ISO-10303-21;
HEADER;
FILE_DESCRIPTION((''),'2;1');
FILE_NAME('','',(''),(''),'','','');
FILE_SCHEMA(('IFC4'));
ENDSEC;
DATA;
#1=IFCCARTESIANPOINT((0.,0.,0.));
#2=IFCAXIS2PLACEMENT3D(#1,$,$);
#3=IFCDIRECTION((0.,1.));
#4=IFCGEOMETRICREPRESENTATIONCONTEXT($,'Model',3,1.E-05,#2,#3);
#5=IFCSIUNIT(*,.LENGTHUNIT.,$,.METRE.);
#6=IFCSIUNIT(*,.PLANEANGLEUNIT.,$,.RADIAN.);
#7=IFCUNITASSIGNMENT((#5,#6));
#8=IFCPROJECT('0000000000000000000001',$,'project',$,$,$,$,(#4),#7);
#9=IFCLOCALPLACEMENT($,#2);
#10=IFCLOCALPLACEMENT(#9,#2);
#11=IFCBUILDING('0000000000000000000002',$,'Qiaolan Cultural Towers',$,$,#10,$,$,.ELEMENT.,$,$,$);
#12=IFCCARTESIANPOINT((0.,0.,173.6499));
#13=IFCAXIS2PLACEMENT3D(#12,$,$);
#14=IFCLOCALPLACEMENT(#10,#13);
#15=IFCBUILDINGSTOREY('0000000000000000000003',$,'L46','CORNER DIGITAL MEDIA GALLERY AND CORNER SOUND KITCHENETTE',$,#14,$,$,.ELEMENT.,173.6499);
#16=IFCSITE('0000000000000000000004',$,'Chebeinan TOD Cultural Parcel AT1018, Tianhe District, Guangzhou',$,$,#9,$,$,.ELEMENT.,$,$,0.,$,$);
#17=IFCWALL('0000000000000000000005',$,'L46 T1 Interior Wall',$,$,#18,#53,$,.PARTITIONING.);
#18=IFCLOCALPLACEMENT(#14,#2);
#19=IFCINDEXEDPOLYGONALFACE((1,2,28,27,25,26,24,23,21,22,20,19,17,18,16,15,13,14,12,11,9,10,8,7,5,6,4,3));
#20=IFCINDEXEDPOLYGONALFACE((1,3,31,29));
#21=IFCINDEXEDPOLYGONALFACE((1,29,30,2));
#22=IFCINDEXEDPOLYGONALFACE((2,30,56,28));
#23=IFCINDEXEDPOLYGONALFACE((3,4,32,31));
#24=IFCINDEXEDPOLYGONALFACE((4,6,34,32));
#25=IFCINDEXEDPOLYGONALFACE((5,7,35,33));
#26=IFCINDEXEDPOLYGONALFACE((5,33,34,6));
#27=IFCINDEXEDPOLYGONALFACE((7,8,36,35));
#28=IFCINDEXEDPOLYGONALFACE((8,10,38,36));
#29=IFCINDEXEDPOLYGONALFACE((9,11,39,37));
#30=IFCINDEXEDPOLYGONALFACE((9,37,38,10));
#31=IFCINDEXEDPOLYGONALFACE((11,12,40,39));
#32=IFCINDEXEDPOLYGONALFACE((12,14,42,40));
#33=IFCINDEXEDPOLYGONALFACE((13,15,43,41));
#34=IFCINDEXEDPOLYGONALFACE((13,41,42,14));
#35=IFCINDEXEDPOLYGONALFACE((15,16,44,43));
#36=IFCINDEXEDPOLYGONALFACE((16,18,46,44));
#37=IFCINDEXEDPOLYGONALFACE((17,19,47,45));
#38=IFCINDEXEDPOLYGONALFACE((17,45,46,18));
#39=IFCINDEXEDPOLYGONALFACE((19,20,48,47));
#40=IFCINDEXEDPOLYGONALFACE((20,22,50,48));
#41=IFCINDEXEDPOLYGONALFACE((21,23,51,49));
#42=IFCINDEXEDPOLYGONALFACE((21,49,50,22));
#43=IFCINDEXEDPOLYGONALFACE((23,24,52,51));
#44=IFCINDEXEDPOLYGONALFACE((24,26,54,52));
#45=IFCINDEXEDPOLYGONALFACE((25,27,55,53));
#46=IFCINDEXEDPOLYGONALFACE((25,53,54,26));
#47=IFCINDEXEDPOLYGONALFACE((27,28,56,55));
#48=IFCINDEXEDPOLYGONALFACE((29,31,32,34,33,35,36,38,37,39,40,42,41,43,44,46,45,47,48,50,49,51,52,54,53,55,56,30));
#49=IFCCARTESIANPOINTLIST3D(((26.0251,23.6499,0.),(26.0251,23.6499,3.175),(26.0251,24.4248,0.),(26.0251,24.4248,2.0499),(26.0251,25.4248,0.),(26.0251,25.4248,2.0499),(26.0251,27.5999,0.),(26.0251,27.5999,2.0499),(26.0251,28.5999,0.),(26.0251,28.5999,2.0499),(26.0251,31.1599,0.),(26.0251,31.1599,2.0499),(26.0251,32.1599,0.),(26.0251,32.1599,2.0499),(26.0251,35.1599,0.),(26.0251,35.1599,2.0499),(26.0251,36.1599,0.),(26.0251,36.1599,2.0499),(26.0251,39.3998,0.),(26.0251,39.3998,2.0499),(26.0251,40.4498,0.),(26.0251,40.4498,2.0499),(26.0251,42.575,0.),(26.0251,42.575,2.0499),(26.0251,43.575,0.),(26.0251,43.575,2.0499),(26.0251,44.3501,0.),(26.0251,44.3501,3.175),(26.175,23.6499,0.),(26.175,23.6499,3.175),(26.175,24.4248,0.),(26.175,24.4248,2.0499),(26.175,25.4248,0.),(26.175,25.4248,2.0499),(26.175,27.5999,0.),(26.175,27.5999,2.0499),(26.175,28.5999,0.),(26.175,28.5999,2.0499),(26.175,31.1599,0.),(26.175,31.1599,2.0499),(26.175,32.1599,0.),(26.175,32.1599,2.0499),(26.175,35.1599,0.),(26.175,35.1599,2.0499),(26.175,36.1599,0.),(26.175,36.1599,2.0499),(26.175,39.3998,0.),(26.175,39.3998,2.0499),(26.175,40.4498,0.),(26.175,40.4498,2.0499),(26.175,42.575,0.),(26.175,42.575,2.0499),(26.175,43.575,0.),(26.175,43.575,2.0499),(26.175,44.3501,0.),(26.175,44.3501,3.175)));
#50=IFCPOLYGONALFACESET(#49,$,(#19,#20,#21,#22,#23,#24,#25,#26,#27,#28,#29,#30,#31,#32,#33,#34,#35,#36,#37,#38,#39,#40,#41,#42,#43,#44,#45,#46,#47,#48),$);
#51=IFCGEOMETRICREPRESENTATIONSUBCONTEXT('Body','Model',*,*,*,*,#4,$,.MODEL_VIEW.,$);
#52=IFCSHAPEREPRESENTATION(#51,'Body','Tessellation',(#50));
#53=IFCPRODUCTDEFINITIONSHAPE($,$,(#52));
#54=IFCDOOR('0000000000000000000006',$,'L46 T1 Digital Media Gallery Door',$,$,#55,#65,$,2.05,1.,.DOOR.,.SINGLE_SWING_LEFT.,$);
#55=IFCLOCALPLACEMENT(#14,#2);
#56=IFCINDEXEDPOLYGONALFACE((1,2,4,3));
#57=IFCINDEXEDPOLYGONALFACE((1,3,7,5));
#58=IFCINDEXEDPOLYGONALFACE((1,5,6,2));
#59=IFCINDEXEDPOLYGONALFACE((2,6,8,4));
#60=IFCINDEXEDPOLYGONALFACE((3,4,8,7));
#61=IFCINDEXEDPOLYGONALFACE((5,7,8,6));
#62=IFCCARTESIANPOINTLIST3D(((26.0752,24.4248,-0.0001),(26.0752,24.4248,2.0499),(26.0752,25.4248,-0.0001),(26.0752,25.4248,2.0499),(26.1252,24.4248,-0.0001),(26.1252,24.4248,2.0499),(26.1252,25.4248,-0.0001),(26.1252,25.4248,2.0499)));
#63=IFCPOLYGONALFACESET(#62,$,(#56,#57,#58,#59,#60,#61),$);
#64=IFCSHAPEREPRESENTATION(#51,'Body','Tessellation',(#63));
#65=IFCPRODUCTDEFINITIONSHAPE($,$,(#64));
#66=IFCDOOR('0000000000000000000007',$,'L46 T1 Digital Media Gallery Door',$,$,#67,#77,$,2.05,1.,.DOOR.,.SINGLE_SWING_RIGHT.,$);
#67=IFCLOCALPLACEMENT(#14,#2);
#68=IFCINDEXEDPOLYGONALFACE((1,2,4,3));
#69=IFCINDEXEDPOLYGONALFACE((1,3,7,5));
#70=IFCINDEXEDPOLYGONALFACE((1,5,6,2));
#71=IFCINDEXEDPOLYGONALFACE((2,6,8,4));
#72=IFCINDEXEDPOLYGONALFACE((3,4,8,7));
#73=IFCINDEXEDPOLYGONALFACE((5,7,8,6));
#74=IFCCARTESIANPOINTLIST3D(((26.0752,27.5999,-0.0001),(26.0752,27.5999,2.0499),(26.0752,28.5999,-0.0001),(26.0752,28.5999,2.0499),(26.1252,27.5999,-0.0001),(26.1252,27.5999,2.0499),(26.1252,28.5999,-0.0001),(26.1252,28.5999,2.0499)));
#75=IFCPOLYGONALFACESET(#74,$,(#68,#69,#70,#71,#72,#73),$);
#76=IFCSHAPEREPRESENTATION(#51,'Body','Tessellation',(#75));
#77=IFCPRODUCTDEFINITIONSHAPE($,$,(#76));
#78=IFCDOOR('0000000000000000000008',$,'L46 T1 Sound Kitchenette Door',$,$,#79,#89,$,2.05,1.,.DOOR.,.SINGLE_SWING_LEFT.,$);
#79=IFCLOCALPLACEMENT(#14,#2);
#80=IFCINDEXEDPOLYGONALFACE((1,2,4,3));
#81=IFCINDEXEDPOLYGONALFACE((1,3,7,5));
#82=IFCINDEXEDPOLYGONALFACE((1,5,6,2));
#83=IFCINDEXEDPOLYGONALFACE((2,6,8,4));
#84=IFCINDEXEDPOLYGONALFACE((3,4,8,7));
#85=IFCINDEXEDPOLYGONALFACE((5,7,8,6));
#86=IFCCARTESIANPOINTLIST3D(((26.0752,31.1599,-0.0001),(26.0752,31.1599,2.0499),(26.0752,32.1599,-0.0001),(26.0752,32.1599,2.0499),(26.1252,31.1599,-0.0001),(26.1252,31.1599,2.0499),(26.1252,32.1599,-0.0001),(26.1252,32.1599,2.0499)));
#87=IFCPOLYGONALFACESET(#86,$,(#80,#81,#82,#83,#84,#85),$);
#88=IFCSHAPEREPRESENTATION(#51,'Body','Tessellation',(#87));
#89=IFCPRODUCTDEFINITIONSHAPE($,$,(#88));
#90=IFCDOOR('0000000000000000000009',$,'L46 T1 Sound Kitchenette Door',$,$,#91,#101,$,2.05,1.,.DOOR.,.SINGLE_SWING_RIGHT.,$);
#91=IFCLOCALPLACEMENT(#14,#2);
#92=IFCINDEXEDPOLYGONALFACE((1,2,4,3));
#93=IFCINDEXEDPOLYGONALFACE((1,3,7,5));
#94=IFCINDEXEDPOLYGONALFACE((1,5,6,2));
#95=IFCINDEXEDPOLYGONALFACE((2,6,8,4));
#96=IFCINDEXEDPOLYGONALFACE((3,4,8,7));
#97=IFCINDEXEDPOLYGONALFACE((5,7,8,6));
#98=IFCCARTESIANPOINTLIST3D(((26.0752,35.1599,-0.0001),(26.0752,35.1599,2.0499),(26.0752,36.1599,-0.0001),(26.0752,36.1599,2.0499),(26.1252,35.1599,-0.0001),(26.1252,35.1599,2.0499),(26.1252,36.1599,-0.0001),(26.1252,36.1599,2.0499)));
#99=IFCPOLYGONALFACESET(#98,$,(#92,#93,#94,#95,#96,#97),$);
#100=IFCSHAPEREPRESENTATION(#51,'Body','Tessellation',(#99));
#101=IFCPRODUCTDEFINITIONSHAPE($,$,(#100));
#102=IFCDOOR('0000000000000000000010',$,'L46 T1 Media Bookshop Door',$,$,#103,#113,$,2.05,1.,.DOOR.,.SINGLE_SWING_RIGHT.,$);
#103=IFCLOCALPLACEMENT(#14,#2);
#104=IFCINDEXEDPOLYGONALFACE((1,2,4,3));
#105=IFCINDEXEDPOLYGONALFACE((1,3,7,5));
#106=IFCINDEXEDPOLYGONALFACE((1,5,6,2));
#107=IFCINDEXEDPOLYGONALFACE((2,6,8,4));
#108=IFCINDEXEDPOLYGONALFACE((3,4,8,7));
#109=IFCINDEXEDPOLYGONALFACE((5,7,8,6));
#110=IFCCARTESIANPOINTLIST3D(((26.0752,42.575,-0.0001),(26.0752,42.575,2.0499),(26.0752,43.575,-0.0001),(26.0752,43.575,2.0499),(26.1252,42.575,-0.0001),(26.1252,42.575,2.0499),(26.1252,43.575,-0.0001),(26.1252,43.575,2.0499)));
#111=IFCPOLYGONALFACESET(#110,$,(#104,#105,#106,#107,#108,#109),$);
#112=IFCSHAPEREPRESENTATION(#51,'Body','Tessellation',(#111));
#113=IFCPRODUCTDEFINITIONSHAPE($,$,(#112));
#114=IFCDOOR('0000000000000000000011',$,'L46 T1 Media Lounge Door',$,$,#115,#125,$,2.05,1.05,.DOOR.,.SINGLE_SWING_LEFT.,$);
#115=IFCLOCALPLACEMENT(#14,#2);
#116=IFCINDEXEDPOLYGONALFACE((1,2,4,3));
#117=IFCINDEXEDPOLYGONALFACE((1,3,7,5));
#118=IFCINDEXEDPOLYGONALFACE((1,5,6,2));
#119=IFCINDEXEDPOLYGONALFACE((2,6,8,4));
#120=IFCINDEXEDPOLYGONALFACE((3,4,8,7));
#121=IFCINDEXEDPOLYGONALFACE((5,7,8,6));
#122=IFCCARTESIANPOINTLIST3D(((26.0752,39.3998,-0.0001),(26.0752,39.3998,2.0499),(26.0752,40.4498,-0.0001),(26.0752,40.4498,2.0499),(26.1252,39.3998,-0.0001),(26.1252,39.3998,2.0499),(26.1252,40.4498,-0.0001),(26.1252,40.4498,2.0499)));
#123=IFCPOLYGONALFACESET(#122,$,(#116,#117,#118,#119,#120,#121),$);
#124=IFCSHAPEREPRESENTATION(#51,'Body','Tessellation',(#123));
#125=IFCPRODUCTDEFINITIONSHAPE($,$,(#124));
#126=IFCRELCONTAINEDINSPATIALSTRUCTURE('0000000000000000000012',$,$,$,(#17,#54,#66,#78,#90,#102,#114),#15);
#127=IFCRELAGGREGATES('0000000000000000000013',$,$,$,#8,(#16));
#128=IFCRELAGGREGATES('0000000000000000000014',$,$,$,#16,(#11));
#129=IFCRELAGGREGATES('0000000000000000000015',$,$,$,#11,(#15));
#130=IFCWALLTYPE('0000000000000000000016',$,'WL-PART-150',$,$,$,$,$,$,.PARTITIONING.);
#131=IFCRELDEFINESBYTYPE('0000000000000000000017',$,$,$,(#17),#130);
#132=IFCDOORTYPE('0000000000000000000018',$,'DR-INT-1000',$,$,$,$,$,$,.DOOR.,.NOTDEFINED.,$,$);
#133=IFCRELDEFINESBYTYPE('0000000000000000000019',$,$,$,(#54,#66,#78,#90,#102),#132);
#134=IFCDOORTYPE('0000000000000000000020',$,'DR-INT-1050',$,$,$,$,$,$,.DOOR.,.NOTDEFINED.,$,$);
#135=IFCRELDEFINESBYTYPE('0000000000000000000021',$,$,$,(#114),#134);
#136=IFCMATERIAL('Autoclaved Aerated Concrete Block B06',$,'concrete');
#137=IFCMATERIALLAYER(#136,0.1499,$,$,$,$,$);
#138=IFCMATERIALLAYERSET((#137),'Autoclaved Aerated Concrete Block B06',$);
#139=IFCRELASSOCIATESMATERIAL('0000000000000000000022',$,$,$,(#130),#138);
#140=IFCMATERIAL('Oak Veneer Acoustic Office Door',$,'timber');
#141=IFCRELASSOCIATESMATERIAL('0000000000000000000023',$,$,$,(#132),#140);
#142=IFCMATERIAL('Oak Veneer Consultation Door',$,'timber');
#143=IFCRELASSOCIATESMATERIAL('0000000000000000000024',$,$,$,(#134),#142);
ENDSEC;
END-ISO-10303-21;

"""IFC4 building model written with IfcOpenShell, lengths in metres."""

from ifc_helpers import new_model, si_unit, direction, frame, frame_2d, origin, place, context, subcontext, project, spatial, rectangle, extrude, material, layer, layer_set, type_object, element, fill, save


model = new_model("IFC4")

# Units and contexts
model_context = context("Model", 3, precision=1e-05, world=origin(), true_north=direction((0.0, 1.0)))
body_context = subcontext(model_context, "Body", "Model", "MODEL_VIEW")
ifc_project = project(units=[si_unit("LENGTHUNIT", "METRE"), si_unit("PLANEANGLEUNIT", "RADIAN")], contexts=[model_context])

# Site, building, storey
site_placement = place(None, origin())
site = spatial("IfcSite", under=ifc_project, at=site_placement, Name="Chebeinan TOD Cultural Parcel AT1018, Tianhe District, Guangzhou", CompositionType="ELEMENT", RefElevation=0.0)
building_placement = place(site_placement, origin())
building = spatial("IfcBuilding", under=site, at=building_placement, Name="Qiaolan Cultural Towers", CompositionType="ELEMENT")
storey_placement = place(building_placement, frame((0.0, 0.0, 173.6499)))
storey = spatial("IfcBuildingStorey", under=building, at=storey_placement, Name="L46", Description="CORNER DIGITAL MEDIA GALLERY AND CORNER SOUND KITCHENETTE", CompositionType="ELEMENT", Elevation=173.6499)

# Shared definitions
ifc_material_1 = material(Name="Autoclaved Aerated Concrete Block B06", Category="concrete")
ifc_layer_1 = layer(ifc_material_1, 0.1499)
ifc_layer_set_1 = layer_set([ifc_layer_1], Name="Autoclaved Aerated Concrete Block B06")
wall_type_1 = type_object("IfcWallType", Name="WL-PART-150", PredefinedType="PARTITIONING", material=ifc_layer_set_1)

# Wall, openings, doors
wall_1_placement = place(storey_placement, frame((26.1001, 23.6499, 0.0), z_axis=(0.0, 0.0, 1.0), x_axis=(0.0, 1.0, 0.0)))
wall_1 = element("IfcWall", 1, at=wall_1_placement, inside=storey, type_object=wall_type_1, Name="L46 T1 Interior Wall", PredefinedType="PARTITIONING", context=body_context, shape_type="SweptSolid", body=[
    extrude(rectangle(XDim=20.7002, YDim=0.1499, at=frame_2d((10.3501, 0.0))), origin(), (0.0, 0.0, 1.0), 3.175),
])
opening_1_placement = place(wall_1_placement, frame((0.7749, 0.0, 0.0)))
opening_1 = element("IfcOpeningElement", 2, at=opening_1_placement, cuts=wall_1, PredefinedType="OPENING", context=body_context, shape_type="SweptSolid", body=[
    extrude(rectangle(XDim=1.0, YDim=2.05, at=frame_2d((0.5, 1.0249))), frame((0.0, 0.085, 0.0), z_axis=(0.0, -1.0, 0.0), x_axis=(1.0, 0.0, 0.0)), (0.0, 0.0, 1.0), 0.1699),
])
opening_2_placement = place(wall_1_placement, frame((3.95, 0.0, 0.0)))
opening_2 = element("IfcOpeningElement", 3, at=opening_2_placement, cuts=wall_1, PredefinedType="OPENING", context=body_context, shape_type="SweptSolid", body=[
    extrude(rectangle(XDim=1.0, YDim=2.05, at=frame_2d((0.5, 1.0249))), frame((0.0, 0.085, 0.0), z_axis=(0.0, -1.0, 0.0), x_axis=(1.0, 0.0, 0.0)), (0.0, 0.0, 1.0), 0.1699),
])
opening_3_placement = place(wall_1_placement, frame((7.51, 0.0, 0.0)))
opening_3 = element("IfcOpeningElement", 4, at=opening_3_placement, cuts=wall_1, PredefinedType="OPENING", context=body_context, shape_type="SweptSolid", body=[
    extrude(rectangle(XDim=1.0, YDim=2.05, at=frame_2d((0.5, 1.0249))), frame((0.0, 0.085, 0.0), z_axis=(0.0, -1.0, 0.0), x_axis=(1.0, 0.0, 0.0)), (0.0, 0.0, 1.0), 0.1699),
])
opening_4_placement = place(wall_1_placement, frame((11.51, 0.0, 0.0)))
opening_4 = element("IfcOpeningElement", 5, at=opening_4_placement, cuts=wall_1, PredefinedType="OPENING", context=body_context, shape_type="SweptSolid", body=[
    extrude(rectangle(XDim=1.0, YDim=2.05, at=frame_2d((0.5, 1.0249))), frame((0.0, 0.085, 0.0), z_axis=(0.0, -1.0, 0.0), x_axis=(1.0, 0.0, 0.0)), (0.0, 0.0, 1.0), 0.1699),
])
opening_5_placement = place(wall_1_placement, frame((15.75, 0.0, 0.0)))
opening_5 = element("IfcOpeningElement", 6, at=opening_5_placement, cuts=wall_1, PredefinedType="OPENING", context=body_context, shape_type="SweptSolid", body=[
    extrude(rectangle(XDim=1.05, YDim=2.05, at=frame_2d((0.5249, 1.0249))), frame((0.0, 0.085, 0.0), z_axis=(0.0, -1.0, 0.0), x_axis=(1.0, 0.0, 0.0)), (0.0, 0.0, 1.0), 0.1699),
])
opening_6_placement = place(wall_1_placement, frame((18.925, 0.0, 0.0)))
opening_6 = element("IfcOpeningElement", 7, at=opening_6_placement, cuts=wall_1, PredefinedType="OPENING", context=body_context, shape_type="SweptSolid", body=[
    extrude(rectangle(XDim=1.0, YDim=2.05, at=frame_2d((0.5, 1.0249))), frame((0.0, 0.085, 0.0), z_axis=(0.0, -1.0, 0.0), x_axis=(1.0, 0.0, 0.0)), (0.0, 0.0, 1.0), 0.1699),
])
ifc_material_2 = material(Name="Oak Veneer Acoustic Office Door", Category="timber")
door_type_1 = type_object("IfcDoorType", Name="DR-INT-1000", OperationType="NOTDEFINED", PredefinedType="DOOR", material=ifc_material_2)
door_1_placement = place(opening_1_placement, origin())
door_1 = element("IfcDoor", 8, at=door_1_placement, inside=storey, type_object=door_type_1, Name="L46 T1 Digital Media Gallery Door", OperationType="SINGLE_SWING_LEFT", OverallHeight=2.05, OverallWidth=1.0, PredefinedType="DOOR", context=body_context, shape_type="SweptSolid", body=[
    extrude(rectangle(XDim=1.0, YDim=2.05, at=frame_2d((0.5, 1.0249))), frame((0.0, 0.0249, 0.0), z_axis=(0.0, -1.0, 0.0), x_axis=(1.0, 0.0, 0.0)), (0.0, 0.0, 1.0), 0.05),
])
fill(opening_1, door_1)
door_2_placement = place(opening_2_placement, origin())
door_2 = element("IfcDoor", 9, at=door_2_placement, inside=storey, type_object=door_type_1, Name="L46 T1 Digital Media Gallery Door", OperationType="SINGLE_SWING_RIGHT", OverallHeight=2.05, OverallWidth=1.0, PredefinedType="DOOR", context=body_context, shape_type="SweptSolid", body=[
    extrude(rectangle(XDim=1.0, YDim=2.05, at=frame_2d((0.5, 1.0249))), frame((0.0, 0.0249, 0.0), z_axis=(0.0, -1.0, 0.0), x_axis=(1.0, 0.0, 0.0)), (0.0, 0.0, 1.0), 0.05),
])
fill(opening_2, door_2)
door_3_placement = place(opening_3_placement, origin())
door_3 = element("IfcDoor", 10, at=door_3_placement, inside=storey, type_object=door_type_1, Name="L46 T1 Sound Kitchenette Door", OperationType="SINGLE_SWING_LEFT", OverallHeight=2.05, OverallWidth=1.0, PredefinedType="DOOR", context=body_context, shape_type="SweptSolid", body=[
    extrude(rectangle(XDim=1.0, YDim=2.05, at=frame_2d((0.5, 1.0249))), frame((0.0, 0.0249, 0.0), z_axis=(0.0, -1.0, 0.0), x_axis=(1.0, 0.0, 0.0)), (0.0, 0.0, 1.0), 0.05),
])
fill(opening_3, door_3)
door_4_placement = place(opening_4_placement, origin())
door_4 = element("IfcDoor", 11, at=door_4_placement, inside=storey, type_object=door_type_1, Name="L46 T1 Sound Kitchenette Door", OperationType="SINGLE_SWING_RIGHT", OverallHeight=2.05, OverallWidth=1.0, PredefinedType="DOOR", context=body_context, shape_type="SweptSolid", body=[
    extrude(rectangle(XDim=1.0, YDim=2.05, at=frame_2d((0.5, 1.0249))), frame((0.0, 0.0249, 0.0), z_axis=(0.0, -1.0, 0.0), x_axis=(1.0, 0.0, 0.0)), (0.0, 0.0, 1.0), 0.05),
])
fill(opening_4, door_4)
door_5_placement = place(opening_6_placement, origin())
door_5 = element("IfcDoor", 12, at=door_5_placement, inside=storey, type_object=door_type_1, Name="L46 T1 Media Bookshop Door", OperationType="SINGLE_SWING_RIGHT", OverallHeight=2.05, OverallWidth=1.0, PredefinedType="DOOR", context=body_context, shape_type="SweptSolid", body=[
    extrude(rectangle(XDim=1.0, YDim=2.05, at=frame_2d((0.5, 1.0249))), frame((0.0, 0.0249, 0.0), z_axis=(0.0, -1.0, 0.0), x_axis=(1.0, 0.0, 0.0)), (0.0, 0.0, 1.0), 0.05),
])
fill(opening_6, door_5)
ifc_material_3 = material(Name="Oak Veneer Consultation Door", Category="timber")
door_type_2 = type_object("IfcDoorType", Name="DR-INT-1050", OperationType="NOTDEFINED", PredefinedType="DOOR", material=ifc_material_3)
door_6_placement = place(opening_5_placement, origin())
door_6 = element("IfcDoor", 13, at=door_6_placement, inside=storey, type_object=door_type_2, Name="L46 T1 Media Lounge Door", OperationType="SINGLE_SWING_LEFT", OverallHeight=2.05, OverallWidth=1.05, PredefinedType="DOOR", context=body_context, shape_type="SweptSolid", body=[
    extrude(rectangle(XDim=1.05, YDim=2.05, at=frame_2d((0.5249, 1.0249))), frame((0.0, 0.0249, 0.0), z_axis=(0.0, -1.0, 0.0), x_axis=(1.0, 0.0, 0.0)), (0.0, 0.0, 1.0), 0.05),
])
fill(opening_5, door_6)

save(model, "model.ifc")
